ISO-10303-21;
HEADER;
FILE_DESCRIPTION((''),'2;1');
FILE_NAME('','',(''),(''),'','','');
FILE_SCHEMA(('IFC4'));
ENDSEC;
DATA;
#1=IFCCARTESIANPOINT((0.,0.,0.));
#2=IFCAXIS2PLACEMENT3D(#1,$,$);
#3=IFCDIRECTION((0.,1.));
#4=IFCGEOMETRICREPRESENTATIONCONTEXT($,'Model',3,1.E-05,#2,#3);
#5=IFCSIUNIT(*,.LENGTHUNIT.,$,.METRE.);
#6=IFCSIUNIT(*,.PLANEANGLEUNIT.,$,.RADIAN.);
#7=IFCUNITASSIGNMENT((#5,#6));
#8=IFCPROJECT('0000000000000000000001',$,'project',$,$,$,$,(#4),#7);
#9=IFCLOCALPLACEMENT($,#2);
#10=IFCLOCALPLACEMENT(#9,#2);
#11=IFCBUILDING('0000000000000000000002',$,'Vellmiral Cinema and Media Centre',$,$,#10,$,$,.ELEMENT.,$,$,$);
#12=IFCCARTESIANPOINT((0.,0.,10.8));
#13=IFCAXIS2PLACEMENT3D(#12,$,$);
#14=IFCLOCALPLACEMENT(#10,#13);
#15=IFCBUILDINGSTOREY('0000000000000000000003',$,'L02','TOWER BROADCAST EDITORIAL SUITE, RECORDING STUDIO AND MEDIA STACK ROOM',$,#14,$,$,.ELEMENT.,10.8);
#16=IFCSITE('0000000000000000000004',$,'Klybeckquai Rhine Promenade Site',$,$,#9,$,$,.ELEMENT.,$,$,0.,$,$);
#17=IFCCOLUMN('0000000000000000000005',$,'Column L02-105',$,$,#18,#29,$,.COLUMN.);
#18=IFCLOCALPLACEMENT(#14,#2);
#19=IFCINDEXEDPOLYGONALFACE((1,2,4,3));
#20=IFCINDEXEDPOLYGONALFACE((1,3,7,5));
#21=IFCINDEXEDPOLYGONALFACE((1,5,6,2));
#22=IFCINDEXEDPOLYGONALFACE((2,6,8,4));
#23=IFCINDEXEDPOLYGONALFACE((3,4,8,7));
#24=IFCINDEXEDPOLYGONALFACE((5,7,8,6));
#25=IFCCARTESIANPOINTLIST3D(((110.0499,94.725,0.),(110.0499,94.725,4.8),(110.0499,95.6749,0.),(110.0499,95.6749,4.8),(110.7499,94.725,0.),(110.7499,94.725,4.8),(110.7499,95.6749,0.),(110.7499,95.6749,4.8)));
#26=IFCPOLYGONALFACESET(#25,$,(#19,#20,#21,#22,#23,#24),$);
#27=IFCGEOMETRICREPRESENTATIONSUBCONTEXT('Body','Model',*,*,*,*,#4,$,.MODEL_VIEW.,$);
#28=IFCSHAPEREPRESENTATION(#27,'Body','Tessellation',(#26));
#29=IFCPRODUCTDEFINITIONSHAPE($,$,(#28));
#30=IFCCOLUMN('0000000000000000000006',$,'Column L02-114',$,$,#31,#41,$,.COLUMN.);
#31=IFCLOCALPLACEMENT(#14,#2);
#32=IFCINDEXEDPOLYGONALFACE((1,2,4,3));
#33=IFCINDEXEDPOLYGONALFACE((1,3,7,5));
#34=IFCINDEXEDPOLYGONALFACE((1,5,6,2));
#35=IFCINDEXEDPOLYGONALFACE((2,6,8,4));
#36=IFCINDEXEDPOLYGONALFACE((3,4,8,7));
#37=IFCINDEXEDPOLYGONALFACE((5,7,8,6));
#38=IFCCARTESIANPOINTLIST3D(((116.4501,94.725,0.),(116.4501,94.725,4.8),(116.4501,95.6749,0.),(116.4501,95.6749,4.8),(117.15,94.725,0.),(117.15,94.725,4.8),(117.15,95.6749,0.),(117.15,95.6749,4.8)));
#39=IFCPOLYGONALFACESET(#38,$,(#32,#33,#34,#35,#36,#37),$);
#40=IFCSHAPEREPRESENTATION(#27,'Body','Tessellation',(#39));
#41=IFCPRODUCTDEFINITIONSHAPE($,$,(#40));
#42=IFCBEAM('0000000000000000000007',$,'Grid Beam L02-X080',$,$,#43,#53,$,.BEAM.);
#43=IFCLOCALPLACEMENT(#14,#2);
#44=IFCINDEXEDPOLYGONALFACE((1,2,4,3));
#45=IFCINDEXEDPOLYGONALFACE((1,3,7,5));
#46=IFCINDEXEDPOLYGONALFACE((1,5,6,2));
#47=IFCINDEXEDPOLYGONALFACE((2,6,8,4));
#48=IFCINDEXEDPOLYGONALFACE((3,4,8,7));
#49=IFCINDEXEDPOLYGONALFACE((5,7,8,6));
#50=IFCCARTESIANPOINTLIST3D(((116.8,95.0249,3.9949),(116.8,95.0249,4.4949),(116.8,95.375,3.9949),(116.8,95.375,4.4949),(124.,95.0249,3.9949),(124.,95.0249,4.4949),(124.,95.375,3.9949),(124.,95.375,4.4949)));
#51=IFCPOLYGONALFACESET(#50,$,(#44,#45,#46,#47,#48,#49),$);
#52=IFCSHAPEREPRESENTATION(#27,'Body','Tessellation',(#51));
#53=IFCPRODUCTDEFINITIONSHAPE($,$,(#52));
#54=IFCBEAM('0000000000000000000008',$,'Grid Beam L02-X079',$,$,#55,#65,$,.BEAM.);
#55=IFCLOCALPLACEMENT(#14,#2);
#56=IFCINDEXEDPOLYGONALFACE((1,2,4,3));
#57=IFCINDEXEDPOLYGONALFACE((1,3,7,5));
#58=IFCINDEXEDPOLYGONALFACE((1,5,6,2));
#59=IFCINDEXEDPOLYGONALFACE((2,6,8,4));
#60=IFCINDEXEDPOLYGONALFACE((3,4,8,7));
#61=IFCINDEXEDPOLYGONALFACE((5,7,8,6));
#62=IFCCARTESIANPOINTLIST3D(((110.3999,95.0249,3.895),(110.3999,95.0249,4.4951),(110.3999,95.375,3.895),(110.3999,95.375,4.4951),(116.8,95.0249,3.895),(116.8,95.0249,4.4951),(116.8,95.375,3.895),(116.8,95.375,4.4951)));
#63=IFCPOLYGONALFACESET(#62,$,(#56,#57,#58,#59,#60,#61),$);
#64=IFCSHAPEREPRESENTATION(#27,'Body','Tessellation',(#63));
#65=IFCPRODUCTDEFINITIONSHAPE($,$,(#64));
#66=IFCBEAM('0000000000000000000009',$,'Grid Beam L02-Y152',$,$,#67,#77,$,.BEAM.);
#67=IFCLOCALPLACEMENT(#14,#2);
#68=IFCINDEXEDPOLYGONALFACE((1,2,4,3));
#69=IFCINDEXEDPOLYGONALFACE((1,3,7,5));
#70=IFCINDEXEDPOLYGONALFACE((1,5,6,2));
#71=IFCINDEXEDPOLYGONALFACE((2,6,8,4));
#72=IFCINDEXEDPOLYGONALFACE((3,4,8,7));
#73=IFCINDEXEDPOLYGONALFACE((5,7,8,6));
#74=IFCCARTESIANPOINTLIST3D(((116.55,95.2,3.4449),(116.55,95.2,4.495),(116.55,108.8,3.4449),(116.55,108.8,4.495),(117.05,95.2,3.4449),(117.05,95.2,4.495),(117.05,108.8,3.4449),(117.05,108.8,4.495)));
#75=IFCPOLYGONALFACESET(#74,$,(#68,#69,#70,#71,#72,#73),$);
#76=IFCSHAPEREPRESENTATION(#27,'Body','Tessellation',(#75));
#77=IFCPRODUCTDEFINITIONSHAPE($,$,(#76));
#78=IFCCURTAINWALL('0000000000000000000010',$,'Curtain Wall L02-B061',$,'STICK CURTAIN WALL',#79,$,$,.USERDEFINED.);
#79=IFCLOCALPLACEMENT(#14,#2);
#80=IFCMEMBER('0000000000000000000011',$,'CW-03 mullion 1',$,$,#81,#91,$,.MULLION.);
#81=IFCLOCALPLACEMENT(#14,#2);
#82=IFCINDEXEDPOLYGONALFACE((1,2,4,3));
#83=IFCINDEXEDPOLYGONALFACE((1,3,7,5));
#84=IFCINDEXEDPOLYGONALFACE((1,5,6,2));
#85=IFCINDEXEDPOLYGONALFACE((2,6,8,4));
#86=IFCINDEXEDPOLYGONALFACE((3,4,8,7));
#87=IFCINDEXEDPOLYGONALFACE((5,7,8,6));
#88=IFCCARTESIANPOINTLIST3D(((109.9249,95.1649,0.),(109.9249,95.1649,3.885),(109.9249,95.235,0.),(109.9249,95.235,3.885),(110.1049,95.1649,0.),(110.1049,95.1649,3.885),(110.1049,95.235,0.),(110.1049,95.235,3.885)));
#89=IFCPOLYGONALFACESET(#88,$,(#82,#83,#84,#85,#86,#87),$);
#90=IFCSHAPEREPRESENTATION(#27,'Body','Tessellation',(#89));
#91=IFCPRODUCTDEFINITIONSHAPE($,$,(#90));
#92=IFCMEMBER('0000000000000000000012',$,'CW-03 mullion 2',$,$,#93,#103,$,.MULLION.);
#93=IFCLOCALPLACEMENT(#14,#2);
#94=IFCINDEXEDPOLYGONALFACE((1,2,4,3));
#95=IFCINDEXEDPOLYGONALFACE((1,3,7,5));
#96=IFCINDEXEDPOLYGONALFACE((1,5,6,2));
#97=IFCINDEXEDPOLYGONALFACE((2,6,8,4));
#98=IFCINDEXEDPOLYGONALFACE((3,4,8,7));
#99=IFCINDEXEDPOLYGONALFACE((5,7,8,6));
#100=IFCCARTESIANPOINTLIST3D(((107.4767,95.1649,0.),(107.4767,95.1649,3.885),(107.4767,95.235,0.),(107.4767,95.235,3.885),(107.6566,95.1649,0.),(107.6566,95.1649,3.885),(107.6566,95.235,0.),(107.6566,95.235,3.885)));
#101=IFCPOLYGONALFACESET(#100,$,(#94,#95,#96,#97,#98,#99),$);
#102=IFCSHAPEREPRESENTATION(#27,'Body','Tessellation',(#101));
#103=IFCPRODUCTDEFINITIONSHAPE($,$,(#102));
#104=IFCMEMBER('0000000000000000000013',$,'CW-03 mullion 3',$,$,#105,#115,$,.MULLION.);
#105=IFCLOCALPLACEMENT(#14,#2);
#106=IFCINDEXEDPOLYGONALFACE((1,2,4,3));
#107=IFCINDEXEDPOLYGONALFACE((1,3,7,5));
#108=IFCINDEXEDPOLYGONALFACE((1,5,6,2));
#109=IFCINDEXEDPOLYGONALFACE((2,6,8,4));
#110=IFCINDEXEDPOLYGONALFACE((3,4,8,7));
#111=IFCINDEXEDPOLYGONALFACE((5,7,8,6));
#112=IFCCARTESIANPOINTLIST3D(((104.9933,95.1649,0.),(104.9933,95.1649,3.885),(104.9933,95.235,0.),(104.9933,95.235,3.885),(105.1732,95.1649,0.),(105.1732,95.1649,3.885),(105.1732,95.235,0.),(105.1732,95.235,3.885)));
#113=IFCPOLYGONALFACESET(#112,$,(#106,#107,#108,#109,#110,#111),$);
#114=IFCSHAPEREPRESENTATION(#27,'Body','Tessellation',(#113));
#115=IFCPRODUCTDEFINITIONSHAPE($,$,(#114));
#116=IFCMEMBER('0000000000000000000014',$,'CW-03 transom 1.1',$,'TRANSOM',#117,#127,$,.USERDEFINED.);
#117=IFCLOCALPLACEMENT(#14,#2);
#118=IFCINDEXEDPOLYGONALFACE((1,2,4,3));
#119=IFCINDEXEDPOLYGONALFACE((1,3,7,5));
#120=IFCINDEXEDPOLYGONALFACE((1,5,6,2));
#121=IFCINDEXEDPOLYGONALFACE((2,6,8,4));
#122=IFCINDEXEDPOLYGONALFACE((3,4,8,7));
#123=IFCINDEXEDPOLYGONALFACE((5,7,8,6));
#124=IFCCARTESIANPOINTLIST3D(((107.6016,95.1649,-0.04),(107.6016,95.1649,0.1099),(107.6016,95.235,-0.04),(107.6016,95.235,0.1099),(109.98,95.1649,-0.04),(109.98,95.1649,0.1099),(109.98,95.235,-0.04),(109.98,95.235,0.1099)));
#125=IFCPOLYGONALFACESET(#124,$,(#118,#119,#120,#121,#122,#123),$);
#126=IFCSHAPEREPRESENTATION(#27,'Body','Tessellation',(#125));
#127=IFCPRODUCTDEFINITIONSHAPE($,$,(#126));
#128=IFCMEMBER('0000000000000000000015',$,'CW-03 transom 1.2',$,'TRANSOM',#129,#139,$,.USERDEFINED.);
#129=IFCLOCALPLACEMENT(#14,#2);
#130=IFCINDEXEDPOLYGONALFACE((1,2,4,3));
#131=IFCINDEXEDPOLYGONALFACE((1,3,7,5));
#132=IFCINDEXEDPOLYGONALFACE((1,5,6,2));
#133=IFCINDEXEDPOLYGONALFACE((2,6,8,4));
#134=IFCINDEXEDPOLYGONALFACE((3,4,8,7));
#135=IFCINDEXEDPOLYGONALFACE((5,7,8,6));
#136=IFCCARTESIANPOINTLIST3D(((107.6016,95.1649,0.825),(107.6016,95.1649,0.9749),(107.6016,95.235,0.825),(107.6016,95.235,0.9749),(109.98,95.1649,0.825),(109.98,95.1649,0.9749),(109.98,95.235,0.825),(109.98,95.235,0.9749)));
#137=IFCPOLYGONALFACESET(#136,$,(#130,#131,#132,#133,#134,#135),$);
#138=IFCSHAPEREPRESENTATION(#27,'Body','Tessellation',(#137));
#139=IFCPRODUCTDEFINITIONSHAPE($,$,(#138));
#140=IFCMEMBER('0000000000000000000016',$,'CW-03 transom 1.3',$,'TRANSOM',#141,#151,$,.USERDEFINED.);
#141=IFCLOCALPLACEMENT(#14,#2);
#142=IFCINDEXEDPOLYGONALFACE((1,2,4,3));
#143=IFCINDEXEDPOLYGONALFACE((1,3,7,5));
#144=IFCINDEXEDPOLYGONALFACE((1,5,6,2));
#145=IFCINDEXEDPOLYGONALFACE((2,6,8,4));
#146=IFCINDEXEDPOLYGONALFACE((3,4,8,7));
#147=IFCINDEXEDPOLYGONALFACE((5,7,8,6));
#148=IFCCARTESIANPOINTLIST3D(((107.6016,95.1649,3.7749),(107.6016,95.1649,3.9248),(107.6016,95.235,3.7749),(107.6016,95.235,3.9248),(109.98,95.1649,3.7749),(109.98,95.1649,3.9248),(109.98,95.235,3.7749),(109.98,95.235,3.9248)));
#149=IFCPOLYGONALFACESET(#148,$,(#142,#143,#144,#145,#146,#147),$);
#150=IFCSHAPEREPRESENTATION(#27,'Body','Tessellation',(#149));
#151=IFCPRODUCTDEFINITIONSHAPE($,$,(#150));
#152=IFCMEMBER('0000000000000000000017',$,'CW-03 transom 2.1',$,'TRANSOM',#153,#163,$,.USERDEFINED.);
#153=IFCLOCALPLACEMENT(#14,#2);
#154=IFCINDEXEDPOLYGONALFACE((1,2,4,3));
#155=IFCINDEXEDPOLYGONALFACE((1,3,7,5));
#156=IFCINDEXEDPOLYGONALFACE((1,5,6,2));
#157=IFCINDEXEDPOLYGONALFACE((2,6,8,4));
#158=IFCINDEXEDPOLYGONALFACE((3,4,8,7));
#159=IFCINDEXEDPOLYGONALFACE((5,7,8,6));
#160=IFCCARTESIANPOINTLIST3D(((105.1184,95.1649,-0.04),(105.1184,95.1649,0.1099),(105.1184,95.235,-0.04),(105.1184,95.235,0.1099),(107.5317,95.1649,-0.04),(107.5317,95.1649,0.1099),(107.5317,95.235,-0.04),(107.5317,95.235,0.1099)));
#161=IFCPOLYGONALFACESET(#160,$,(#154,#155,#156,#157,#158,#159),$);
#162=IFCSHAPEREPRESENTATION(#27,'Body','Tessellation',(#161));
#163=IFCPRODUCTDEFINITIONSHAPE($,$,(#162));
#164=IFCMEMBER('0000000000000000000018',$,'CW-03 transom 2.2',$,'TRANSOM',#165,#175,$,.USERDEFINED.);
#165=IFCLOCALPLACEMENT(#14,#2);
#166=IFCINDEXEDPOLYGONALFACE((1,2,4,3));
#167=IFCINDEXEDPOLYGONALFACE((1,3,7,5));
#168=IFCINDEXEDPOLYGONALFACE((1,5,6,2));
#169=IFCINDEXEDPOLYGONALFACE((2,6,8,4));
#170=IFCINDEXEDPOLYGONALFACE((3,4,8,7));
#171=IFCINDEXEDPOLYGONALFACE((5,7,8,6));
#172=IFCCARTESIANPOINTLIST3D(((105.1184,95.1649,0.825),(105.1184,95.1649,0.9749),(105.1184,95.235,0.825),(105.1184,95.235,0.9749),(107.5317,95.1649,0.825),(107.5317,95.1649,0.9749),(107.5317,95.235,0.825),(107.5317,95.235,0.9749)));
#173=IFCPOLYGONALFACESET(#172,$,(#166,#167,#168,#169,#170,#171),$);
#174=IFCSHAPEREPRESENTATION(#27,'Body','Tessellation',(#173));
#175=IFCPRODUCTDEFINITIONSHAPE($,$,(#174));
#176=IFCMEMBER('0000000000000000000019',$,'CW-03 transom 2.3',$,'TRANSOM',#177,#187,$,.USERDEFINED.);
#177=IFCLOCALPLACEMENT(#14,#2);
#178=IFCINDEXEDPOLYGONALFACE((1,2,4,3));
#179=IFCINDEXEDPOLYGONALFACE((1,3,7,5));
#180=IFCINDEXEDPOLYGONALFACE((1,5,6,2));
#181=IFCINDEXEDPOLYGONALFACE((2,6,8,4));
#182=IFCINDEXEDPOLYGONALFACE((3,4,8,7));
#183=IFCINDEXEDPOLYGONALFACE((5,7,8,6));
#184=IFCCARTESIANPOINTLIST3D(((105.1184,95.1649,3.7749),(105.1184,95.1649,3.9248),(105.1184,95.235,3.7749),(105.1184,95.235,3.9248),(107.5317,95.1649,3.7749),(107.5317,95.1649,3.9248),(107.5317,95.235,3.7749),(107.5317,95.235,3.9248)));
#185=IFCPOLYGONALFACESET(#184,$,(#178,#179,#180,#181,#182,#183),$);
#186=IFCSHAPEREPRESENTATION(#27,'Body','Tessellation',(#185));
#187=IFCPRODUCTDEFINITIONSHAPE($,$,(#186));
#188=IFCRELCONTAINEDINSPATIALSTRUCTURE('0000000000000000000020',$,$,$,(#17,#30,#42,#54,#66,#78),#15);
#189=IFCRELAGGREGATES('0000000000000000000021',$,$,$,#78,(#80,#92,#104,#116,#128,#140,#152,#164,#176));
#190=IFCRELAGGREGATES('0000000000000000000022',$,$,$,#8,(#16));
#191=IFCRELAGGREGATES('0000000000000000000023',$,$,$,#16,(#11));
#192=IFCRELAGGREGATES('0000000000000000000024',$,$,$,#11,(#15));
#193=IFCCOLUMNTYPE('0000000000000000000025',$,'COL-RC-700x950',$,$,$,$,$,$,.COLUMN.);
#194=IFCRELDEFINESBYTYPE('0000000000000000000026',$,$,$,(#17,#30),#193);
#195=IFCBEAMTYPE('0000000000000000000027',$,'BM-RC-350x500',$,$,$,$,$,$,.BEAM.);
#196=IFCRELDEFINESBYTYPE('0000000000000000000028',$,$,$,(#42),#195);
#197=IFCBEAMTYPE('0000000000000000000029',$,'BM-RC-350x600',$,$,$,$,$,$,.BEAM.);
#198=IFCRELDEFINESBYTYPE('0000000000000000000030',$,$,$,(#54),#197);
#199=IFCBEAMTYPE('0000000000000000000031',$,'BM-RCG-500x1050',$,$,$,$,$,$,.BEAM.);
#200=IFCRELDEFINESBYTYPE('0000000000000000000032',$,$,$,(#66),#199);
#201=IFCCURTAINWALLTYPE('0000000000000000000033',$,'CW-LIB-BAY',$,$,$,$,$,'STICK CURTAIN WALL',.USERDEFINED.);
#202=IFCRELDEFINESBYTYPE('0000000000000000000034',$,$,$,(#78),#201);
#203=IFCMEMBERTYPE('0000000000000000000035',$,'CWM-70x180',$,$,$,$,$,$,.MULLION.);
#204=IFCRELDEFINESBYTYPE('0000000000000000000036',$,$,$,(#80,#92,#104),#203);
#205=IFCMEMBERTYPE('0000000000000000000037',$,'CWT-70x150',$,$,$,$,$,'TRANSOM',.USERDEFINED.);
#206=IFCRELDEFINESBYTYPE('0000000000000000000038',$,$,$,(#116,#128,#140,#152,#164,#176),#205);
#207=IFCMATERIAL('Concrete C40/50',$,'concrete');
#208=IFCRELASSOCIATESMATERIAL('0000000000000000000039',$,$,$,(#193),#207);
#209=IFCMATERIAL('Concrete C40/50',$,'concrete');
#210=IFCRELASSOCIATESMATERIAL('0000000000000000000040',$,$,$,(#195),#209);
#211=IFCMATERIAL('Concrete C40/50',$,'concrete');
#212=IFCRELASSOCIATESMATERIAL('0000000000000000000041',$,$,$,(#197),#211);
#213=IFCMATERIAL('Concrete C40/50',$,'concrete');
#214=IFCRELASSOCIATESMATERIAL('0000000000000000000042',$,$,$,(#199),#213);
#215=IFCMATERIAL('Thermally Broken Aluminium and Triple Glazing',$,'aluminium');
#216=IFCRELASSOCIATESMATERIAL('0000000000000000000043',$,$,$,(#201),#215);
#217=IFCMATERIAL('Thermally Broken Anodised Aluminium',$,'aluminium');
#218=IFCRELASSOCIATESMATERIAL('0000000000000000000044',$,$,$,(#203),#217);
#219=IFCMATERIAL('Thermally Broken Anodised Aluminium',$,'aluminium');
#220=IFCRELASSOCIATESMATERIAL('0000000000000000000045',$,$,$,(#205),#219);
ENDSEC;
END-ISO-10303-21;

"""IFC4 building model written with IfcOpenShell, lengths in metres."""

from ifc_helpers import new_model, si_unit, direction, frame, origin, origin_2d, place, context, subcontext, project, spatial, rectangle, extrude, material, material_profile, profile_set, type_object, element, aggregate, save


model = new_model("IFC4")

# Units and contexts
model_context = context("Model", 3, precision=1e-05, world=origin(), true_north=direction((0.0, 1.0)))
body_context = subcontext(model_context, "Body", "Model", "MODEL_VIEW")
ifc_project = project(units=[si_unit("LENGTHUNIT", "METRE"), si_unit("PLANEANGLEUNIT", "RADIAN")], contexts=[model_context])

# Site, building, storey
site_placement = place(None, origin())
site = spatial("IfcSite", under=ifc_project, at=site_placement, Name="Klybeckquai Rhine Promenade Site", CompositionType="ELEMENT", RefElevation=0.0)
building_placement = place(site_placement, origin())
building = spatial("IfcBuilding", under=site, at=building_placement, Name="Vellmiral Cinema and Media Centre", CompositionType="ELEMENT")
storey_placement = place(building_placement, frame((0.0, 0.0, 10.8)))
storey = spatial("IfcBuildingStorey", under=building, at=storey_placement, Name="L02", Description="TOWER BROADCAST EDITORIAL SUITE, RECORDING STUDIO AND MEDIA STACK ROOM", CompositionType="ELEMENT", Elevation=10.8)

# Columns
ifc_material_1 = material(Name="Concrete C40/50", Category="concrete")
ifc_material_profile_1 = material_profile(ifc_material_1, rectangle(XDim=0.7, YDim=0.95, at=origin_2d()), Name="RC 700x950")
ifc_profile_set_1 = profile_set([ifc_material_profile_1], Name="Concrete C40/50")
column_type = type_object("IfcColumnType", Name="COL-RC-700x950", PredefinedType="COLUMN", material=ifc_profile_set_1)
for number, where, z_axis, x_axis, name in (
    (1, (110.3999, 95.2, 0.0), (0.0, 0.0, 1.0), (1.0, 0.0, 0.0), "Column L02-105"),
    (2, (116.8, 95.2, 0.0), (0.0, 0.0, 1.0), (1.0, 0.0, 0.0), "Column L02-114"),
):
    element("IfcColumn", number, at=place(storey_placement, frame(where, z_axis=z_axis, x_axis=x_axis)), inside=storey, type_object=column_type, Name=name, PredefinedType="COLUMN", context=body_context, shape_type="SweptSolid", body=[
        extrude(rectangle(XDim=0.7, YDim=0.95, at=origin_2d()), origin(), (0.0, 0.0, 1.0), 4.8),
    ])

# Beams
ifc_material_2 = material(Name="Concrete C40/50", Category="concrete")
ifc_material_profile_2 = material_profile(ifc_material_2, rectangle(XDim=0.3501, YDim=0.5, at=origin_2d()), Name="RC 350x500")
ifc_profile_set_2 = profile_set([ifc_material_profile_2], Name="Concrete C40/50")
beam_type_1 = type_object("IfcBeamType", Name="BM-RC-350x500", PredefinedType="BEAM", material=ifc_profile_set_2)
beam_1_placement = place(storey_placement, frame((116.8, 95.2, 4.2449), z_axis=(1.0, 0.0, 0.0), x_axis=(0.0, 1.0, 0.0)))
element("IfcBeam", 3, at=beam_1_placement, inside=storey, type_object=beam_type_1, Name="Grid Beam L02-X080", PredefinedType="BEAM", context=body_context, shape_type="SweptSolid", body=[
    extrude(rectangle(XDim=0.3501, YDim=0.5, at=origin_2d()), origin(), (0.0, 0.0, 1.0), 7.2),
])
ifc_material_3 = material(Name="Concrete C40/50", Category="concrete")
ifc_material_profile_3 = material_profile(ifc_material_3, rectangle(XDim=0.3501, YDim=0.6001, at=origin_2d()), Name="RC 350x600")
ifc_profile_set_3 = profile_set([ifc_material_profile_3], Name="Concrete C40/50")
beam_type_2 = type_object("IfcBeamType", Name="BM-RC-350x600", PredefinedType="BEAM", material=ifc_profile_set_3)
beam_2_placement = place(storey_placement, frame((110.3999, 95.2, 4.1951), z_axis=(1.0, 0.0, 0.0), x_axis=(0.0, 1.0, 0.0)))
element("IfcBeam", 4, at=beam_2_placement, inside=storey, type_object=beam_type_2, Name="Grid Beam L02-X079", PredefinedType="BEAM", context=body_context, shape_type="SweptSolid", body=[
    extrude(rectangle(XDim=0.3501, YDim=0.6001, at=origin_2d()), origin(), (0.0, 0.0, 1.0), 6.4001),
])
ifc_material_4 = material(Name="Concrete C40/50", Category="concrete")
ifc_material_profile_4 = material_profile(ifc_material_4, rectangle(XDim=0.5, YDim=1.05, at=origin_2d()), Name="RC 500x1050")
ifc_profile_set_4 = profile_set([ifc_material_profile_4], Name="Concrete C40/50")
beam_type_3 = type_object("IfcBeamType", Name="BM-RCG-500x1050", PredefinedType="BEAM", material=ifc_profile_set_4)
beam_3_placement = place(storey_placement, frame((116.8, 95.2, 3.97), z_axis=(0.0, 1.0, 0.0), x_axis=(-1.0, 0.0, 0.0)))
element("IfcBeam", 5, at=beam_3_placement, inside=storey, type_object=beam_type_3, Name="Grid Beam L02-Y152", PredefinedType="BEAM", context=body_context, shape_type="SweptSolid", body=[
    extrude(rectangle(XDim=0.5, YDim=1.05, at=origin_2d()), origin(), (0.0, 0.0, 1.0), 13.6001),
])

# Curtain wall, members
ifc_material_5 = material(Name="Thermally Broken Aluminium and Triple Glazing", Category="aluminium")
curtain_wall_type = type_object("IfcCurtainWallType", Name="CW-LIB-BAY", ElementType="STICK CURTAIN WALL", PredefinedType="USERDEFINED", material=ifc_material_5)
curtain_wall_placement = place(storey_placement, origin())
curtain_wall = element("IfcCurtainWall", 6, at=curtain_wall_placement, inside=storey, type_object=curtain_wall_type, Name="Curtain Wall L02-B061", ObjectType="STICK CURTAIN WALL", PredefinedType="USERDEFINED")
ifc_material_6 = material(Name="Thermally Broken Anodised Aluminium", Category="aluminium")
ifc_material_profile_5 = material_profile(ifc_material_6, rectangle(XDim=0.0701, YDim=0.1799, at=origin_2d()), Name="MULL 70x180")
ifc_profile_set_5 = profile_set([ifc_material_profile_5], Name="Thermally Broken Anodised Aluminium")
member_type_1 = type_object("IfcMemberType", Name="CWM-70x180", PredefinedType="MULLION", material=ifc_profile_set_5)
member_1_placement = place(storey_placement, frame((110.0149, 95.2, 0.0), z_axis=(0.0, 0.0, 1.0), x_axis=(0.0, -1.0, 0.0)))
member_1 = element("IfcMember", 7, at=member_1_placement, type_object=member_type_1, Name="CW-03 mullion 1", PredefinedType="MULLION", context=body_context, shape_type="SweptSolid", body=[
    extrude(rectangle(XDim=0.0701, YDim=0.1799, at=origin_2d()), origin(), (0.0, 0.0, 1.0), 3.885),
])
member_2_placement = place(storey_placement, frame((107.5667, 95.2, 0.0), z_axis=(0.0, 0.0, 1.0), x_axis=(0.0, -1.0, 0.0)))
member_2 = element("IfcMember", 8, at=member_2_placement, type_object=member_type_1, Name="CW-03 mullion 2", PredefinedType="MULLION", context=body_context, shape_type="SweptSolid", body=[
    extrude(rectangle(XDim=0.0701, YDim=0.1799, at=origin_2d()), origin(), (0.0, 0.0, 1.0), 3.885),
])
member_3_placement = place(storey_placement, frame((105.0833, 95.2, 0.0), z_axis=(0.0, 0.0, 1.0), x_axis=(0.0, -1.0, 0.0)))
member_3 = element("IfcMember", 9, at=member_3_placement, type_object=member_type_1, Name="CW-03 mullion 3", PredefinedType="MULLION", context=body_context, shape_type="SweptSolid", body=[
    extrude(rectangle(XDim=0.0701, YDim=0.1799, at=origin_2d()), origin(), (0.0, 0.0, 1.0), 3.885),
])
ifc_material_7 = material(Name="Thermally Broken Anodised Aluminium", Category="aluminium")
ifc_material_profile_6 = material_profile(ifc_material_7, rectangle(XDim=0.0701, YDim=0.1499, at=origin_2d()), Name="MULL 70x150")
ifc_profile_set_6 = profile_set([ifc_material_profile_6], Name="Thermally Broken Anodised Aluminium")
member_type_2 = type_object("IfcMemberType", Name="CWT-70x150", ElementType="TRANSOM", PredefinedType="USERDEFINED", material=ifc_profile_set_6)
member_4_placement = place(storey_placement, frame((109.98, 95.2, 0.0349), z_axis=(-1.0, 0.0, 0.0), x_axis=(0.0, -1.0, 0.0)))
member_4 = element("IfcMember", 10, at=member_4_placement, type_object=member_type_2, Name="CW-03 transom 1.1", ObjectType="TRANSOM", PredefinedType="USERDEFINED", context=body_context, shape_type="SweptSolid", body=[
    extrude(rectangle(XDim=0.0701, YDim=0.1499, at=origin_2d()), origin(), (0.0, 0.0, 1.0), 2.3784),
])
member_5_placement = place(storey_placement, frame((109.98, 95.2, 0.8999), z_axis=(-1.0, 0.0, 0.0), x_axis=(0.0, -1.0, 0.0)))
member_5 = element("IfcMember", 11, at=member_5_placement, type_object=member_type_2, Name="CW-03 transom 1.2", ObjectType="TRANSOM", PredefinedType="USERDEFINED", context=body_context, shape_type="SweptSolid", body=[
    extrude(rectangle(XDim=0.0701, YDim=0.1499, at=origin_2d()), origin(), (0.0, 0.0, 1.0), 2.3784),
])
member_6_placement = place(storey_placement, frame((109.98, 95.2, 3.8499), z_axis=(-1.0, 0.0, 0.0), x_axis=(0.0, -1.0, 0.0)))
member_6 = element("IfcMember", 12, at=member_6_placement, type_object=member_type_2, Name="CW-03 transom 1.3", ObjectType="TRANSOM", PredefinedType="USERDEFINED", context=body_context, shape_type="SweptSolid", body=[
    extrude(rectangle(XDim=0.0701, YDim=0.1499, at=origin_2d()), origin(), (0.0, 0.0, 1.0), 2.3784),
])
member_7_placement = place(storey_placement, frame((107.5317, 95.2, 0.0349), z_axis=(-1.0, 0.0, 0.0), x_axis=(0.0, -1.0, 0.0)))
member_7 = element("IfcMember", 13, at=member_7_placement, type_object=member_type_2, Name="CW-03 transom 2.1", ObjectType="TRANSOM", PredefinedType="USERDEFINED", context=body_context, shape_type="SweptSolid", body=[
    extrude(rectangle(XDim=0.0701, YDim=0.1499, at=origin_2d()), origin(), (0.0, 0.0, 1.0), 2.4133),
])
member_8_placement = place(storey_placement, frame((107.5317, 95.2, 0.8999), z_axis=(-1.0, 0.0, 0.0), x_axis=(0.0, -1.0, 0.0)))
member_8 = element("IfcMember", 14, at=member_8_placement, type_object=member_type_2, Name="CW-03 transom 2.2", ObjectType="TRANSOM", PredefinedType="USERDEFINED", context=body_context, shape_type="SweptSolid", body=[
    extrude(rectangle(XDim=0.0701, YDim=0.1499, at=origin_2d()), origin(), (0.0, 0.0, 1.0), 2.4133),
])
member_9_placement = place(storey_placement, frame((107.5317, 95.2, 3.8499), z_axis=(-1.0, 0.0, 0.0), x_axis=(0.0, -1.0, 0.0)))
member_9 = element("IfcMember", 15, at=member_9_placement, type_object=member_type_2, Name="CW-03 transom 2.3", ObjectType="TRANSOM", PredefinedType="USERDEFINED", context=body_context, shape_type="SweptSolid", body=[
    extrude(rectangle(XDim=0.0701, YDim=0.1499, at=origin_2d()), origin(), (0.0, 0.0, 1.0), 2.4133),
])

aggregate(curtain_wall, [member_1, member_2, member_3, member_4, member_5, member_6, member_7, member_8, member_9])

save(model, "model.ifc")
